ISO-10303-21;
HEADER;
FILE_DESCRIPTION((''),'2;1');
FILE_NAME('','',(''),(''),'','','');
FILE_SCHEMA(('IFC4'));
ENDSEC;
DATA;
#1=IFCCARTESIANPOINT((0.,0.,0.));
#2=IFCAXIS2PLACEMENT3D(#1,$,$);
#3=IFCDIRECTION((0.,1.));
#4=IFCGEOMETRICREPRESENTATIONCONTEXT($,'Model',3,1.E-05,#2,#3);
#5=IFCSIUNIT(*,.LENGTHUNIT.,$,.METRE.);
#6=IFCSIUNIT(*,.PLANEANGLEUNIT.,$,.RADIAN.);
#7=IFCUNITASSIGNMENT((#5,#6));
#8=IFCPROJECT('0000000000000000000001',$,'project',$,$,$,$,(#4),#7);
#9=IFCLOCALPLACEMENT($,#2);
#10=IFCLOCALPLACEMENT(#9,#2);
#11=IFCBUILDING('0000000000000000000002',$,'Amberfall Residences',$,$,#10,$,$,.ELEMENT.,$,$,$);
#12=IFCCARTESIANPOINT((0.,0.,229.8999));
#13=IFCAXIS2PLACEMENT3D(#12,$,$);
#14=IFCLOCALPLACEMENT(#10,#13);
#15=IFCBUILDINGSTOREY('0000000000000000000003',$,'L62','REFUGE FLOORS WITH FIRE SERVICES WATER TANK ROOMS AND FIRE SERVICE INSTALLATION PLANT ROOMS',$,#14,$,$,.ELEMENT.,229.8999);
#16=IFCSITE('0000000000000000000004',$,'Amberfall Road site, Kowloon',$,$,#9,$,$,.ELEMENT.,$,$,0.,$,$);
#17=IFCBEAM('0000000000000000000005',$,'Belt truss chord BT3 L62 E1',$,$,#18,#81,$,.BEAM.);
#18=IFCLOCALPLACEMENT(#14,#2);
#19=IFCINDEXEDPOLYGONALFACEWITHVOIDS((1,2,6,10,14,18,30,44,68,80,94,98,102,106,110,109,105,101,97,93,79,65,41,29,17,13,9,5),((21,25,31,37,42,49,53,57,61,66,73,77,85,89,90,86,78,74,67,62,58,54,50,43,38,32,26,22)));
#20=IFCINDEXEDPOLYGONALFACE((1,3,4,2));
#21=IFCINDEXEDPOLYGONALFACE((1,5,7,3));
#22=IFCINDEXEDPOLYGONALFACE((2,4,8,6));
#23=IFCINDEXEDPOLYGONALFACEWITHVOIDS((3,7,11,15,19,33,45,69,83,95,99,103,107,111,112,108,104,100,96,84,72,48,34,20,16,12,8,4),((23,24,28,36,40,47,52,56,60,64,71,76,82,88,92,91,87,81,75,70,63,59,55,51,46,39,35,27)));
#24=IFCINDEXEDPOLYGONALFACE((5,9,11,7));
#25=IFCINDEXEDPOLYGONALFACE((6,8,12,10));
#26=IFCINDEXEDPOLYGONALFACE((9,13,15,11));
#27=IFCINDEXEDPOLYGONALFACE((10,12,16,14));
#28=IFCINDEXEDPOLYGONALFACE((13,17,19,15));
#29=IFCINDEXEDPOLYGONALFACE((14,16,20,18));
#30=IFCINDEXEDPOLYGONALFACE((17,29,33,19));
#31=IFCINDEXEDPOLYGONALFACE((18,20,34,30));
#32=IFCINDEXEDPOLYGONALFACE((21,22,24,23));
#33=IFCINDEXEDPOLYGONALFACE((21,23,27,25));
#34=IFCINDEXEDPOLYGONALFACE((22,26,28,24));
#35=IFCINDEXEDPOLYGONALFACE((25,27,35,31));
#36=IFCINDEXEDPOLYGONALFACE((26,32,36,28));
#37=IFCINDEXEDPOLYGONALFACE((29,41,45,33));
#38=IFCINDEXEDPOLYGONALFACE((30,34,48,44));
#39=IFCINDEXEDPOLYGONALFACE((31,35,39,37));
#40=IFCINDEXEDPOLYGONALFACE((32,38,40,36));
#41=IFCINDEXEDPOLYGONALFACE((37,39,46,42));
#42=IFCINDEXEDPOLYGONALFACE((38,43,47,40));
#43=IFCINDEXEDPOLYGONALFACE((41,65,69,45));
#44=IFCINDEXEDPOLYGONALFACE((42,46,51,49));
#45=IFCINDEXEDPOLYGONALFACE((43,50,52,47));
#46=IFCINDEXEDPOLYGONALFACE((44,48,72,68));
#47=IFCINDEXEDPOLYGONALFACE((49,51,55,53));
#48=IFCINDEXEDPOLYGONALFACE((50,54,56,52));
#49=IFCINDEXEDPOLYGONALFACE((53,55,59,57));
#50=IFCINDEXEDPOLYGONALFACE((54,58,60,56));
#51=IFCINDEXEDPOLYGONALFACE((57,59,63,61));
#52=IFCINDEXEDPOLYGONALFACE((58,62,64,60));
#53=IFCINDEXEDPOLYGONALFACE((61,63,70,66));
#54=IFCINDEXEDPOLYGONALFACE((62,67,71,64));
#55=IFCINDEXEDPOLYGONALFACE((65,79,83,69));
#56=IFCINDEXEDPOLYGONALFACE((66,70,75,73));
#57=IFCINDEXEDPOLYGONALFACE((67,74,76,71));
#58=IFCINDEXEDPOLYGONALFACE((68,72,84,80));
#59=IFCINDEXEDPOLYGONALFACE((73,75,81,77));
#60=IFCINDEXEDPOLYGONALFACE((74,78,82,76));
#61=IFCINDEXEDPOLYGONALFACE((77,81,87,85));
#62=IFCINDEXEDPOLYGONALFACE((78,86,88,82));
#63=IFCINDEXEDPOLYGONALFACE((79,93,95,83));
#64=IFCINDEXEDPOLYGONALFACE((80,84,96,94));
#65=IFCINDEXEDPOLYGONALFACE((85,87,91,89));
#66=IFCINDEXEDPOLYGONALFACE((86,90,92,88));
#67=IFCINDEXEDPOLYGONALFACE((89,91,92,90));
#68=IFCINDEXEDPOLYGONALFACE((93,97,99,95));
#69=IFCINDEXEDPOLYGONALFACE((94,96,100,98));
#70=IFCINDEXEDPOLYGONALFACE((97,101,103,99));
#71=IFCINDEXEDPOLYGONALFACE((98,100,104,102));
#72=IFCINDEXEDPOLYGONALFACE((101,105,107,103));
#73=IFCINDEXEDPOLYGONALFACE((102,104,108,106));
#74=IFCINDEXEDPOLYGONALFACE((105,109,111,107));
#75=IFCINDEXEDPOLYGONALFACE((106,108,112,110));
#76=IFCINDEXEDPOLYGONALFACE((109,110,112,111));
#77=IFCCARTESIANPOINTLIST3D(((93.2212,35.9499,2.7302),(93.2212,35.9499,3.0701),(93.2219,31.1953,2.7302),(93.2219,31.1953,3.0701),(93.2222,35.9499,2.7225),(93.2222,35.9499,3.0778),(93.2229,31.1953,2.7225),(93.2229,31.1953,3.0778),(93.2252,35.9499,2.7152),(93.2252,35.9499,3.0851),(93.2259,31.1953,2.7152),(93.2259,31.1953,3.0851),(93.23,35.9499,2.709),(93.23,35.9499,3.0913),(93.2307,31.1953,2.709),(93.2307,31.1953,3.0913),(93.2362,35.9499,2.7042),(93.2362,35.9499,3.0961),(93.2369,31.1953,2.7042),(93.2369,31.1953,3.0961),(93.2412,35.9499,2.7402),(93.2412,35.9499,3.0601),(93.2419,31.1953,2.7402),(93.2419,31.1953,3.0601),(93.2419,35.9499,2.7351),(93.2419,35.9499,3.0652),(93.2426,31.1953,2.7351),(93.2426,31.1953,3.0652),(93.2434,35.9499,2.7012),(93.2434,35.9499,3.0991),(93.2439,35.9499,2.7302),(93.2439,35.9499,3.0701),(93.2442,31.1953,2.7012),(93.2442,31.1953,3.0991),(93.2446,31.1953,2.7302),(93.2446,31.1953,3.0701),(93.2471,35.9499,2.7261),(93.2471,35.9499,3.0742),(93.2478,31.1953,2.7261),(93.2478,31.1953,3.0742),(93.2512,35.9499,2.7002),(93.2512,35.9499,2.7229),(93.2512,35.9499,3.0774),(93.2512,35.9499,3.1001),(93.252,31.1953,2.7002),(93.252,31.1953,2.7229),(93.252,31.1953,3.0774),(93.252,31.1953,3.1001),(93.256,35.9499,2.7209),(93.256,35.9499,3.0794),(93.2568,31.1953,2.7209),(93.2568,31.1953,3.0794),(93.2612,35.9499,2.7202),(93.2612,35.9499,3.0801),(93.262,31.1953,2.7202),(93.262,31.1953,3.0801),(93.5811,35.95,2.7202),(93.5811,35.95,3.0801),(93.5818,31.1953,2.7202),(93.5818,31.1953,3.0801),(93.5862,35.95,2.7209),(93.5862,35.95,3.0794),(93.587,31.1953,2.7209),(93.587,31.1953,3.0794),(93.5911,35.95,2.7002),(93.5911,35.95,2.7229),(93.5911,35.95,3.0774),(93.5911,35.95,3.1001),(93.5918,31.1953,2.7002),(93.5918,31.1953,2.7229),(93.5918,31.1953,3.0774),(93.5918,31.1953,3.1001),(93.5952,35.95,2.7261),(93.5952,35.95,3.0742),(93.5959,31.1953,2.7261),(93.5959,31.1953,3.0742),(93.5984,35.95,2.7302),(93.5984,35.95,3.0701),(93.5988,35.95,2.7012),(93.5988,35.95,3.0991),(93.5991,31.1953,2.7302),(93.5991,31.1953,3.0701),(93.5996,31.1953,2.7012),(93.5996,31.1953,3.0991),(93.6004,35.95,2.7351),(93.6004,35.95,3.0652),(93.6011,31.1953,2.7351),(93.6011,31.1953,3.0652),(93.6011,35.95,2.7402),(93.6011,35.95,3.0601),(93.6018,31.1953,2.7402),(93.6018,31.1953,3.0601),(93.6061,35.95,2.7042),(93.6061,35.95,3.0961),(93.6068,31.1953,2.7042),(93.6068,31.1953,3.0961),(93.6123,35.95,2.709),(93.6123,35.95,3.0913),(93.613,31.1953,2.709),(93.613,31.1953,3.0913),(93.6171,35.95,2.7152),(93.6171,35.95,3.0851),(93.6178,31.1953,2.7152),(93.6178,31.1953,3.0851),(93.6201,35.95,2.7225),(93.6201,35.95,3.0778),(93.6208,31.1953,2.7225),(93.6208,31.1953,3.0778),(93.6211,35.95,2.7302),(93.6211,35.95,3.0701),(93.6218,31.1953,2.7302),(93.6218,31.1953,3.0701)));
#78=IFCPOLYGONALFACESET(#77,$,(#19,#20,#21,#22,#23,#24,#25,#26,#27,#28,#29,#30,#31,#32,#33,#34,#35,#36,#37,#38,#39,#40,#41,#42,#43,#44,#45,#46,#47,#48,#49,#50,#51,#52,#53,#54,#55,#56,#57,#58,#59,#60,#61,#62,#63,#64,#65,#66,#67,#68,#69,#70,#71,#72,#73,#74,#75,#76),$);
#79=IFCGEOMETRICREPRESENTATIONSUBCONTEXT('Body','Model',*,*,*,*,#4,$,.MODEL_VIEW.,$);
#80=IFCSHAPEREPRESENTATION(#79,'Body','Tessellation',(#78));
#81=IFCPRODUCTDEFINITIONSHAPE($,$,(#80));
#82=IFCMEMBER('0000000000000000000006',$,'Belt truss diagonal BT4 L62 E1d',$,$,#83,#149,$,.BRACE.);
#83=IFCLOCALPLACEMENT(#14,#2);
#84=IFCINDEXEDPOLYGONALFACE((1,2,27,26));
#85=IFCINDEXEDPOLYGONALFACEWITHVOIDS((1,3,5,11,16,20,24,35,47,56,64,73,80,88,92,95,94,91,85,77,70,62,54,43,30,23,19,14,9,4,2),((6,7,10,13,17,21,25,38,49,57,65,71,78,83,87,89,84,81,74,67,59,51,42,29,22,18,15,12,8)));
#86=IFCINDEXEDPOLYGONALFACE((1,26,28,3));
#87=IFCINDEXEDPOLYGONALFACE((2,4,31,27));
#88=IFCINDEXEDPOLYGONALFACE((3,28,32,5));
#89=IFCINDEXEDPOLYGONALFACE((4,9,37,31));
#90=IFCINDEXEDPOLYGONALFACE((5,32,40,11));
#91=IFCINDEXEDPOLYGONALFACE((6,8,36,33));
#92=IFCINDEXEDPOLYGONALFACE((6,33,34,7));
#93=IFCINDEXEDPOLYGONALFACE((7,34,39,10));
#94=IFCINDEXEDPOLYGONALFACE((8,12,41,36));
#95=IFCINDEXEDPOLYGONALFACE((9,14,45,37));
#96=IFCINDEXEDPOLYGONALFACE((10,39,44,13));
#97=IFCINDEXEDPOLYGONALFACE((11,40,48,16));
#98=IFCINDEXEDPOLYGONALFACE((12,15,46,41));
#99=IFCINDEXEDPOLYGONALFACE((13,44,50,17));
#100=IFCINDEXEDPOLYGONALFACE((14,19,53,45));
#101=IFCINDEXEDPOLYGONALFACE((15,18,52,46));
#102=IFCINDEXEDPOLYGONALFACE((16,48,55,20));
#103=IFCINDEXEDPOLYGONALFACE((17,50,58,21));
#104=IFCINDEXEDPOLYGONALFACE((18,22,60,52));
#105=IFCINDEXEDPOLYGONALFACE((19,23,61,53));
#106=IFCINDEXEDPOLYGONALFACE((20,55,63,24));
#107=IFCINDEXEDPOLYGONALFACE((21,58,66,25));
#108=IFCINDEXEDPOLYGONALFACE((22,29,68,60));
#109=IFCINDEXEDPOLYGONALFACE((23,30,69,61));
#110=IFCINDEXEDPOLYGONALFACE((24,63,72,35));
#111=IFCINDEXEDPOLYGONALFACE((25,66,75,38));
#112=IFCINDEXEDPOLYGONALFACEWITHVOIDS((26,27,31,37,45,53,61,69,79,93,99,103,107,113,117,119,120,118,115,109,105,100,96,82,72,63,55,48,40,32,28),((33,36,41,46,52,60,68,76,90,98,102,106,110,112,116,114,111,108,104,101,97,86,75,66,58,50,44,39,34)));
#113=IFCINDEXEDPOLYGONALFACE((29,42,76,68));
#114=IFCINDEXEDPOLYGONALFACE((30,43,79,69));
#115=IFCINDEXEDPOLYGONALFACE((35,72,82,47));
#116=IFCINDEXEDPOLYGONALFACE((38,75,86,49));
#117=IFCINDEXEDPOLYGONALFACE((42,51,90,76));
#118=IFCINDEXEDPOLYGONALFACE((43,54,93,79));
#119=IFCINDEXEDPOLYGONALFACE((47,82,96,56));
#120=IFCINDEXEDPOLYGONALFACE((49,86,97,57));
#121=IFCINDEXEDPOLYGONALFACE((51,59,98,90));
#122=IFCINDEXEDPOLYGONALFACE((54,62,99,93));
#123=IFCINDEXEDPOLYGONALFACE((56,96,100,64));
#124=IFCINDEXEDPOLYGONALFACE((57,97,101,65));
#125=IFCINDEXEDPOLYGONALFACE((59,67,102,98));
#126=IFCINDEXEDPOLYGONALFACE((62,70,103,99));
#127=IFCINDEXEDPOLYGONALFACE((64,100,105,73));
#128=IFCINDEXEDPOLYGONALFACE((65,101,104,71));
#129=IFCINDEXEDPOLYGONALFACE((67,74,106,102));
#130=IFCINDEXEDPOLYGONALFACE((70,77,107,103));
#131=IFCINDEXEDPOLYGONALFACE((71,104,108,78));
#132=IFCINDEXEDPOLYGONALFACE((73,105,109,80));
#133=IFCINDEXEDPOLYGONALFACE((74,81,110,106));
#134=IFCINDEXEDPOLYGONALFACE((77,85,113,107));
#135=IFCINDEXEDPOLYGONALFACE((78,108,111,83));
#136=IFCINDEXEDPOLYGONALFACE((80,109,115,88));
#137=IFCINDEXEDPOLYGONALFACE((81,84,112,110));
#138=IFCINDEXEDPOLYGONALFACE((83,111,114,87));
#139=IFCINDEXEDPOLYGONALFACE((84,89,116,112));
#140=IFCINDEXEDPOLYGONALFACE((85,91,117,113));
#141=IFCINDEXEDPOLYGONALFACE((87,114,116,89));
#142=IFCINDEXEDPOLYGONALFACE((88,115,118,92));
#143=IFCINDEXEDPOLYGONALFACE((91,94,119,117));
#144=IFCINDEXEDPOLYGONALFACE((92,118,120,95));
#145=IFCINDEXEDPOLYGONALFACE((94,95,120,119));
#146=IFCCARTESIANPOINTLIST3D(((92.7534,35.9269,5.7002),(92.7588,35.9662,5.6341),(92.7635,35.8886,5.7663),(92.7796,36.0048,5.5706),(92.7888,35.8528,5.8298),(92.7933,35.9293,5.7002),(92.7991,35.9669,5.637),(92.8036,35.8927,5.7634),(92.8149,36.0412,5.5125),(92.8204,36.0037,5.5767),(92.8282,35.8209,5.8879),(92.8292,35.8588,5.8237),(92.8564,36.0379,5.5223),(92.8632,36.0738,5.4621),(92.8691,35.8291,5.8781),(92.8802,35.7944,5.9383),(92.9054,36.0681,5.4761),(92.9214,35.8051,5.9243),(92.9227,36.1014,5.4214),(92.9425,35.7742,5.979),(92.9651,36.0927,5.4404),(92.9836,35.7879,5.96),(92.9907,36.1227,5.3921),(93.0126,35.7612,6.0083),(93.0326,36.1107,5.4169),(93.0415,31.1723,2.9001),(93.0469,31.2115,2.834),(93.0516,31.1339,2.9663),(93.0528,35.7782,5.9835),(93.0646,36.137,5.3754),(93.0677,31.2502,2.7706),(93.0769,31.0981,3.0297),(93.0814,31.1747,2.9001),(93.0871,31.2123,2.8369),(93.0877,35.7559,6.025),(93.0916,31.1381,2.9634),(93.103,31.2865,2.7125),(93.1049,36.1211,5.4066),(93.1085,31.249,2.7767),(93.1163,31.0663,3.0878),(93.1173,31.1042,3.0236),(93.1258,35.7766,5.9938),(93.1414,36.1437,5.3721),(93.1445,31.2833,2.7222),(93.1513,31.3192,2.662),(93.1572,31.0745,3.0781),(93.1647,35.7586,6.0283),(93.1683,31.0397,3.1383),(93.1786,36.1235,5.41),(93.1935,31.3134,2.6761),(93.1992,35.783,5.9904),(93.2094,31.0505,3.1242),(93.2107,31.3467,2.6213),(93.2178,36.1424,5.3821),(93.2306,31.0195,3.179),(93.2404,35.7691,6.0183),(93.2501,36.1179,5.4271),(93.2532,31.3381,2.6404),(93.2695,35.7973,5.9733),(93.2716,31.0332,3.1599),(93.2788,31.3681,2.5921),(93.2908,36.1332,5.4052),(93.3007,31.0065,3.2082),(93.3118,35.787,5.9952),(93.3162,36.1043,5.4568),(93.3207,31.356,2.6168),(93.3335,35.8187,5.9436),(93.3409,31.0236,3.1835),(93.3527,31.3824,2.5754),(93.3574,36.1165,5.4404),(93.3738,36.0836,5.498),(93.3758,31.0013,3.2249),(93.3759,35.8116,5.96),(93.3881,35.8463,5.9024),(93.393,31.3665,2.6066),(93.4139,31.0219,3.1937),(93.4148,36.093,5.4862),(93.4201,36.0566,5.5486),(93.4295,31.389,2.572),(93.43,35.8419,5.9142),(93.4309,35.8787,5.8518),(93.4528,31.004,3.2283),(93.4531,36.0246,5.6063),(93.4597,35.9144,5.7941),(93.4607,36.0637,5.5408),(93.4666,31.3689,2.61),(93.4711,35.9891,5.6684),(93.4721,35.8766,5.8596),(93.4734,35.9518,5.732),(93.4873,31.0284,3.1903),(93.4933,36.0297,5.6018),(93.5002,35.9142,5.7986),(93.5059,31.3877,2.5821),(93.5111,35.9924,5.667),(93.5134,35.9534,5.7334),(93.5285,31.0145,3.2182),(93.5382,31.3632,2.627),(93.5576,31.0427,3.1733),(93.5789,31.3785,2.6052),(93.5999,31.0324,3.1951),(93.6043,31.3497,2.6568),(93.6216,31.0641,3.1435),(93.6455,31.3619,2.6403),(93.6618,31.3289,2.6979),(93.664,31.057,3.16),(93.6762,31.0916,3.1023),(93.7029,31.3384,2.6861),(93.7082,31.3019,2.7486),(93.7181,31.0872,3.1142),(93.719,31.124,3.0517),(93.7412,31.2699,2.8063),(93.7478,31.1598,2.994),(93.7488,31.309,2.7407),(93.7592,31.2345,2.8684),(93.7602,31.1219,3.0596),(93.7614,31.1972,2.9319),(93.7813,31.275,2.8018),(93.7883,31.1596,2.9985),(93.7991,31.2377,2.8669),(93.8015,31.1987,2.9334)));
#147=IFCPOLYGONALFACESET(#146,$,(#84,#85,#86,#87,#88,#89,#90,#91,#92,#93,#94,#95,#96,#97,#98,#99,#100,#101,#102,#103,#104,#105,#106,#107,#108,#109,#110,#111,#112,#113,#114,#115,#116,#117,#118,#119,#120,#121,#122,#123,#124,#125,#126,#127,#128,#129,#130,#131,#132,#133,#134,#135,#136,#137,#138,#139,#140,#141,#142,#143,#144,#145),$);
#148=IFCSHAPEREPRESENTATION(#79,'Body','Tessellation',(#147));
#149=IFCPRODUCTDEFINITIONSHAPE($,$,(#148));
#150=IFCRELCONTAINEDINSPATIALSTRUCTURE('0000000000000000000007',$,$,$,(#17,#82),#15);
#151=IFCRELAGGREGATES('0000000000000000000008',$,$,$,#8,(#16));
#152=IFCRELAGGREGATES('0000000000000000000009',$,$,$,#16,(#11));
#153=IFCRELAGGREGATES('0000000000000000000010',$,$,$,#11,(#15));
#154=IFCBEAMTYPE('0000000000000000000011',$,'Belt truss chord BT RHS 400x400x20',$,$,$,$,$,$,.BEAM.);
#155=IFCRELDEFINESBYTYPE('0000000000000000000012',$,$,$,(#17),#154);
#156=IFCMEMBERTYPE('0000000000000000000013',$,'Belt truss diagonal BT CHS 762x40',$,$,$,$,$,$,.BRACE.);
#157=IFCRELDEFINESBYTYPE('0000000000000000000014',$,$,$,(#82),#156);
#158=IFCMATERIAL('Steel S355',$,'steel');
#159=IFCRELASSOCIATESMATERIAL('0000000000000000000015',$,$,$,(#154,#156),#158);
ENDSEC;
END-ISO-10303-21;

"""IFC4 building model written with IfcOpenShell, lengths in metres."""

from ifc_helpers import new_model, si_unit, direction, frame, origin, origin_2d, place, context, subcontext, project, spatial, hollow_rectangle, hollow_circle, extrude, material, material_profile, profile_set, type_object, element, save


model = new_model("IFC4")

# Units and contexts
model_context = context("Model", 3, precision=1e-05, world=origin(), true_north=direction((0.0, 1.0)))
body_context = subcontext(model_context, "Body", "Model", "MODEL_VIEW")
ifc_project = project(units=[si_unit("LENGTHUNIT", "METRE"), si_unit("PLANEANGLEUNIT", "RADIAN")], contexts=[model_context])

# Site, building, storey
site_placement = place(None, origin())
site = spatial("IfcSite", under=ifc_project, at=site_placement, Name="Amberfall Road site, Kowloon", CompositionType="ELEMENT", RefElevation=0.0)
building_placement = place(site_placement, origin())
building = spatial("IfcBuilding", under=site, at=building_placement, Name="Amberfall Residences", CompositionType="ELEMENT")
storey_placement = place(building_placement, frame((0.0, 0.0, 229.8999)))
storey = spatial("IfcBuildingStorey", under=building, at=storey_placement, Name="L62", Description="REFUGE FLOORS WITH FIRE SERVICES WATER TANK ROOMS AND FIRE SERVICE INSTALLATION PLANT ROOMS", CompositionType="ELEMENT", Elevation=229.8999)

# Beam
ifc_material = material(Name="Steel S355", Category="steel")
ifc_material_profile_1 = material_profile(ifc_material, hollow_rectangle(XDim=0.3999, YDim=0.3999, WallThickness=0.02, InnerFilletRadius=0.02, OuterFilletRadius=0.03, at=origin_2d()), Name="RHS 400x400x20")
ifc_profile_set_1 = profile_set([ifc_material_profile_1], Name="Steel S355")
beam_type_1 = type_object("IfcBeamType", Name="Belt truss chord BT RHS 400x400x20", PredefinedType="BEAM", material=ifc_profile_set_1)
beam_1_placement = place(storey_placement, frame((93.4219, 31.1953, 2.9001), z_axis=(-0.000154, 1.0, 0.0), x_axis=(-1.0, -0.000154, 0.0)))
element("IfcBeam", 1, at=beam_1_placement, inside=storey, type_object=beam_type_1, Name="Belt truss chord BT3 L62 E1", PredefinedType="BEAM", context=body_context, shape_type="SweptSolid", body=[
    extrude(hollow_rectangle(XDim=0.3999, YDim=0.3999, WallThickness=0.02, InnerFilletRadius=0.02, OuterFilletRadius=0.03, at=origin_2d()), origin(), (0.0, 0.0, 1.0), 4.7546),
])

# Member
ifc_material_profile_2 = material_profile(ifc_material, hollow_circle(Radius=0.3811, WallThickness=0.04, at=origin_2d()), Name="CHS 762x40")
ifc_profile_set_2 = profile_set([ifc_material_profile_2], Name="Steel S355")
member_type_1 = type_object("IfcMemberType", Name="Belt truss diagonal BT CHS 762x40", PredefinedType="BRACE", material=ifc_profile_set_2)
member_1_placement = place(storey_placement, frame((93.4219, 31.1953, 2.9001), z_axis=(-0.052139, 0.860508, 0.506761), x_axis=(-0.998169, -0.06048, 0.0)))
element("IfcMember", 2, at=member_1_placement, inside=storey, type_object=member_type_1, Name="Belt truss diagonal BT4 L62 E1d", PredefinedType="BRACE", context=body_context, shape_type="SweptSolid", body=[
    extrude(hollow_circle(Radius=0.3811, WallThickness=0.04, at=origin_2d()), origin(), (0.0, 0.0, 1.0), 5.5254),
])

save(model, "model.ifc")
